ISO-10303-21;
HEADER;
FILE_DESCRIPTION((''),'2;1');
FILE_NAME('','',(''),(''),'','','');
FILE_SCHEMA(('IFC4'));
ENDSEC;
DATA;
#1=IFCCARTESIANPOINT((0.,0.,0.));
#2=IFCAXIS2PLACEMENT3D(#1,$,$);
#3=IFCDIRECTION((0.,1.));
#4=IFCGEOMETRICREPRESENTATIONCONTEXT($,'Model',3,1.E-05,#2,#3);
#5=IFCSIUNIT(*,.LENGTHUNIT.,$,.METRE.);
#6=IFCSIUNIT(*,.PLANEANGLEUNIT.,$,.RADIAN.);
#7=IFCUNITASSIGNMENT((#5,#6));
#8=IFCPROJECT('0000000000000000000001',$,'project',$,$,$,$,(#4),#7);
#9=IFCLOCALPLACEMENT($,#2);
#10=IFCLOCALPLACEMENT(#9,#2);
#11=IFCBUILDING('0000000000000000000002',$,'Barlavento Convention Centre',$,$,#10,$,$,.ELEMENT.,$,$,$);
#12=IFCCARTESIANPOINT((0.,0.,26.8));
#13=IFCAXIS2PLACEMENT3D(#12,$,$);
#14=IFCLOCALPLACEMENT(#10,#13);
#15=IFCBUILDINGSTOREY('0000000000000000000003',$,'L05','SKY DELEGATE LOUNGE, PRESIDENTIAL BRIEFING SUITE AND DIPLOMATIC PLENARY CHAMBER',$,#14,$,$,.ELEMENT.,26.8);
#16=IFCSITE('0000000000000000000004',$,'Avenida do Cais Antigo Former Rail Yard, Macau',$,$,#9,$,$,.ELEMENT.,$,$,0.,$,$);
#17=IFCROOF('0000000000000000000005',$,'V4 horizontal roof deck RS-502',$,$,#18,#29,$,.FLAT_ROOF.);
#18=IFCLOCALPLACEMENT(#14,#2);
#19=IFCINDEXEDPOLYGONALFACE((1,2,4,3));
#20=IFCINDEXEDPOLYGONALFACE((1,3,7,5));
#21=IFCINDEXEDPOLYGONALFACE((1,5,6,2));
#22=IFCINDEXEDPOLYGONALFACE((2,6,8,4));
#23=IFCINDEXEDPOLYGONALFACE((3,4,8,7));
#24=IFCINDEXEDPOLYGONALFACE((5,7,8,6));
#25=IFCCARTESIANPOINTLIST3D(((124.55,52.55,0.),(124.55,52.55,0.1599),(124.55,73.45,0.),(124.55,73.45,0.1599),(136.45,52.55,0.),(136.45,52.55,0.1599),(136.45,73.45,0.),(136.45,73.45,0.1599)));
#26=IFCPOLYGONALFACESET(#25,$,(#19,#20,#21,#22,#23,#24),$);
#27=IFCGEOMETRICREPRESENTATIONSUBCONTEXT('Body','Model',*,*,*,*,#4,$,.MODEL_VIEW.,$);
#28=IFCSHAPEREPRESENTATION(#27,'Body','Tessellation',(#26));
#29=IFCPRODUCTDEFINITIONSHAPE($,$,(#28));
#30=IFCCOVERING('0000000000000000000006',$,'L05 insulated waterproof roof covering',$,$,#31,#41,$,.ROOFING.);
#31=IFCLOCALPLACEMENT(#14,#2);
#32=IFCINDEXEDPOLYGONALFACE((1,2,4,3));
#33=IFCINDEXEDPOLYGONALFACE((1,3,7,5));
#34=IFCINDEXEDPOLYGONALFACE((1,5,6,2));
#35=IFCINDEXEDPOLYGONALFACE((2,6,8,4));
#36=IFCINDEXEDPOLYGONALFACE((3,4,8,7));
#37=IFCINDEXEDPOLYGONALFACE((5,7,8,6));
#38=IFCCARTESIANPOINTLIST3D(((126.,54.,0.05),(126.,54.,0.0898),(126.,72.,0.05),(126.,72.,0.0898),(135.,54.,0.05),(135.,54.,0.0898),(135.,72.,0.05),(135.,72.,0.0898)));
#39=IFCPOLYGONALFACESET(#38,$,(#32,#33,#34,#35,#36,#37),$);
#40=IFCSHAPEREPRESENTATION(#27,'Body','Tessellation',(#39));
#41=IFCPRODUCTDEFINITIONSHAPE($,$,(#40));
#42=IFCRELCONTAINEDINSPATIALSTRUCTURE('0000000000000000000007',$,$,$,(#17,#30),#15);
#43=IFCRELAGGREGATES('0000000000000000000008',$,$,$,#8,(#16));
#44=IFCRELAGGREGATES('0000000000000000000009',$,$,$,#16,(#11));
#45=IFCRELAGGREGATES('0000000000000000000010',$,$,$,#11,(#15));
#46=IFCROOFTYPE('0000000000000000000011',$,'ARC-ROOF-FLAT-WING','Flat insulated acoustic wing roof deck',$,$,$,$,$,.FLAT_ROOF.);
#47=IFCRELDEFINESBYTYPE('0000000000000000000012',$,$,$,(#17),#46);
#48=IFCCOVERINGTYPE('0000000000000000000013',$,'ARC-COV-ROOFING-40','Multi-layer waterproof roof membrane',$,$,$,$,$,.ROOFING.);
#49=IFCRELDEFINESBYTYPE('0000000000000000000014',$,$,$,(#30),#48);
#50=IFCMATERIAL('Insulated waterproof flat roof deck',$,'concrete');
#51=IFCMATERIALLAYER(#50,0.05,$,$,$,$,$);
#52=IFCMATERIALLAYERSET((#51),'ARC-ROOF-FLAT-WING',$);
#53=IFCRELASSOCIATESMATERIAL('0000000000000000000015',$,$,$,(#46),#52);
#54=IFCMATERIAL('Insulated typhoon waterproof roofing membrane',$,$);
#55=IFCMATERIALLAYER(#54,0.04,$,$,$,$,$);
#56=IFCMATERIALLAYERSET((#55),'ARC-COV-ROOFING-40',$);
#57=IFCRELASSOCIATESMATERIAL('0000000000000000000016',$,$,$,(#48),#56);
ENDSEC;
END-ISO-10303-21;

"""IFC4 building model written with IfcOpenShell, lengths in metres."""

from ifc_helpers import new_model, si_unit, direction, frame, origin, place, context, subcontext, project, spatial, polyline, outline, extrude, material, layer, layer_set, type_object, element, save


model = new_model("IFC4")

# Units and contexts
model_context = context("Model", 3, precision=1e-05, world=origin(), true_north=direction((0.0, 1.0)))
body_context = subcontext(model_context, "Body", "Model", "MODEL_VIEW")
ifc_project = project(units=[si_unit("LENGTHUNIT", "METRE"), si_unit("PLANEANGLEUNIT", "RADIAN")], contexts=[model_context])

# Site, building, storey
site_placement = place(None, origin())
site = spatial("IfcSite", under=ifc_project, at=site_placement, Name="Avenida do Cais Antigo Former Rail Yard, Macau", CompositionType="ELEMENT", RefElevation=0.0)
building_placement = place(site_placement, origin())
building = spatial("IfcBuilding", under=site, at=building_placement, Name="Barlavento Convention Centre", CompositionType="ELEMENT")
storey_placement = place(building_placement, frame((0.0, 0.0, 26.8)))
storey = spatial("IfcBuildingStorey", under=building, at=storey_placement, Name="L05", Description="SKY DELEGATE LOUNGE, PRESIDENTIAL BRIEFING SUITE AND DIPLOMATIC PLENARY CHAMBER", CompositionType="ELEMENT", Elevation=26.8)

# Roof
ifc_material_1 = material(Name="Insulated waterproof flat roof deck", Category="concrete")
ifc_layer_1 = layer(ifc_material_1, 0.05)
ifc_layer_set_1 = layer_set([ifc_layer_1], Name="ARC-ROOF-FLAT-WING")
roof_type = type_object("IfcRoofType", Name="ARC-ROOF-FLAT-WING", Description="Flat insulated acoustic wing roof deck", PredefinedType="FLAT_ROOF", material=ifc_layer_set_1)
roof_placement = place(storey_placement, origin())
element("IfcRoof", 1, at=roof_placement, inside=storey, type_object=roof_type, Name="V4 horizontal roof deck RS-502", PredefinedType="FLAT_ROOF", context=body_context, shape_type="SweptSolid", body=[
    extrude(outline(polyline([(124.55, 52.55), (124.55, 73.45), (136.45, 73.45), (136.45, 52.55), (124.55, 52.55)])), origin(), (0.0, 0.0, 1.0), 0.1599),
])

# Covering
ifc_material_2 = material(Name="Insulated typhoon waterproof roofing membrane")
ifc_layer_2 = layer(ifc_material_2, 0.04)
ifc_layer_set_2 = layer_set([ifc_layer_2], Name="ARC-COV-ROOFING-40")
covering_type = type_object("IfcCoveringType", Name="ARC-COV-ROOFING-40", Description="Multi-layer waterproof roof membrane", PredefinedType="ROOFING", material=ifc_layer_set_2)
covering_placement = place(storey_placement, frame((0.0, 0.0, 0.05)))
element("IfcCovering", 2, at=covering_placement, inside=storey, type_object=covering_type, Name="L05 insulated waterproof roof covering", PredefinedType="ROOFING", context=body_context, shape_type="SweptSolid", body=[
    extrude(outline(polyline([(126.0, 54.0), (135.0, 54.0), (135.0, 72.0), (126.0, 72.0), (126.0, 54.0)])), origin(), (0.0, 0.0, 1.0), 0.0398),
])

save(model, "model.ifc")
